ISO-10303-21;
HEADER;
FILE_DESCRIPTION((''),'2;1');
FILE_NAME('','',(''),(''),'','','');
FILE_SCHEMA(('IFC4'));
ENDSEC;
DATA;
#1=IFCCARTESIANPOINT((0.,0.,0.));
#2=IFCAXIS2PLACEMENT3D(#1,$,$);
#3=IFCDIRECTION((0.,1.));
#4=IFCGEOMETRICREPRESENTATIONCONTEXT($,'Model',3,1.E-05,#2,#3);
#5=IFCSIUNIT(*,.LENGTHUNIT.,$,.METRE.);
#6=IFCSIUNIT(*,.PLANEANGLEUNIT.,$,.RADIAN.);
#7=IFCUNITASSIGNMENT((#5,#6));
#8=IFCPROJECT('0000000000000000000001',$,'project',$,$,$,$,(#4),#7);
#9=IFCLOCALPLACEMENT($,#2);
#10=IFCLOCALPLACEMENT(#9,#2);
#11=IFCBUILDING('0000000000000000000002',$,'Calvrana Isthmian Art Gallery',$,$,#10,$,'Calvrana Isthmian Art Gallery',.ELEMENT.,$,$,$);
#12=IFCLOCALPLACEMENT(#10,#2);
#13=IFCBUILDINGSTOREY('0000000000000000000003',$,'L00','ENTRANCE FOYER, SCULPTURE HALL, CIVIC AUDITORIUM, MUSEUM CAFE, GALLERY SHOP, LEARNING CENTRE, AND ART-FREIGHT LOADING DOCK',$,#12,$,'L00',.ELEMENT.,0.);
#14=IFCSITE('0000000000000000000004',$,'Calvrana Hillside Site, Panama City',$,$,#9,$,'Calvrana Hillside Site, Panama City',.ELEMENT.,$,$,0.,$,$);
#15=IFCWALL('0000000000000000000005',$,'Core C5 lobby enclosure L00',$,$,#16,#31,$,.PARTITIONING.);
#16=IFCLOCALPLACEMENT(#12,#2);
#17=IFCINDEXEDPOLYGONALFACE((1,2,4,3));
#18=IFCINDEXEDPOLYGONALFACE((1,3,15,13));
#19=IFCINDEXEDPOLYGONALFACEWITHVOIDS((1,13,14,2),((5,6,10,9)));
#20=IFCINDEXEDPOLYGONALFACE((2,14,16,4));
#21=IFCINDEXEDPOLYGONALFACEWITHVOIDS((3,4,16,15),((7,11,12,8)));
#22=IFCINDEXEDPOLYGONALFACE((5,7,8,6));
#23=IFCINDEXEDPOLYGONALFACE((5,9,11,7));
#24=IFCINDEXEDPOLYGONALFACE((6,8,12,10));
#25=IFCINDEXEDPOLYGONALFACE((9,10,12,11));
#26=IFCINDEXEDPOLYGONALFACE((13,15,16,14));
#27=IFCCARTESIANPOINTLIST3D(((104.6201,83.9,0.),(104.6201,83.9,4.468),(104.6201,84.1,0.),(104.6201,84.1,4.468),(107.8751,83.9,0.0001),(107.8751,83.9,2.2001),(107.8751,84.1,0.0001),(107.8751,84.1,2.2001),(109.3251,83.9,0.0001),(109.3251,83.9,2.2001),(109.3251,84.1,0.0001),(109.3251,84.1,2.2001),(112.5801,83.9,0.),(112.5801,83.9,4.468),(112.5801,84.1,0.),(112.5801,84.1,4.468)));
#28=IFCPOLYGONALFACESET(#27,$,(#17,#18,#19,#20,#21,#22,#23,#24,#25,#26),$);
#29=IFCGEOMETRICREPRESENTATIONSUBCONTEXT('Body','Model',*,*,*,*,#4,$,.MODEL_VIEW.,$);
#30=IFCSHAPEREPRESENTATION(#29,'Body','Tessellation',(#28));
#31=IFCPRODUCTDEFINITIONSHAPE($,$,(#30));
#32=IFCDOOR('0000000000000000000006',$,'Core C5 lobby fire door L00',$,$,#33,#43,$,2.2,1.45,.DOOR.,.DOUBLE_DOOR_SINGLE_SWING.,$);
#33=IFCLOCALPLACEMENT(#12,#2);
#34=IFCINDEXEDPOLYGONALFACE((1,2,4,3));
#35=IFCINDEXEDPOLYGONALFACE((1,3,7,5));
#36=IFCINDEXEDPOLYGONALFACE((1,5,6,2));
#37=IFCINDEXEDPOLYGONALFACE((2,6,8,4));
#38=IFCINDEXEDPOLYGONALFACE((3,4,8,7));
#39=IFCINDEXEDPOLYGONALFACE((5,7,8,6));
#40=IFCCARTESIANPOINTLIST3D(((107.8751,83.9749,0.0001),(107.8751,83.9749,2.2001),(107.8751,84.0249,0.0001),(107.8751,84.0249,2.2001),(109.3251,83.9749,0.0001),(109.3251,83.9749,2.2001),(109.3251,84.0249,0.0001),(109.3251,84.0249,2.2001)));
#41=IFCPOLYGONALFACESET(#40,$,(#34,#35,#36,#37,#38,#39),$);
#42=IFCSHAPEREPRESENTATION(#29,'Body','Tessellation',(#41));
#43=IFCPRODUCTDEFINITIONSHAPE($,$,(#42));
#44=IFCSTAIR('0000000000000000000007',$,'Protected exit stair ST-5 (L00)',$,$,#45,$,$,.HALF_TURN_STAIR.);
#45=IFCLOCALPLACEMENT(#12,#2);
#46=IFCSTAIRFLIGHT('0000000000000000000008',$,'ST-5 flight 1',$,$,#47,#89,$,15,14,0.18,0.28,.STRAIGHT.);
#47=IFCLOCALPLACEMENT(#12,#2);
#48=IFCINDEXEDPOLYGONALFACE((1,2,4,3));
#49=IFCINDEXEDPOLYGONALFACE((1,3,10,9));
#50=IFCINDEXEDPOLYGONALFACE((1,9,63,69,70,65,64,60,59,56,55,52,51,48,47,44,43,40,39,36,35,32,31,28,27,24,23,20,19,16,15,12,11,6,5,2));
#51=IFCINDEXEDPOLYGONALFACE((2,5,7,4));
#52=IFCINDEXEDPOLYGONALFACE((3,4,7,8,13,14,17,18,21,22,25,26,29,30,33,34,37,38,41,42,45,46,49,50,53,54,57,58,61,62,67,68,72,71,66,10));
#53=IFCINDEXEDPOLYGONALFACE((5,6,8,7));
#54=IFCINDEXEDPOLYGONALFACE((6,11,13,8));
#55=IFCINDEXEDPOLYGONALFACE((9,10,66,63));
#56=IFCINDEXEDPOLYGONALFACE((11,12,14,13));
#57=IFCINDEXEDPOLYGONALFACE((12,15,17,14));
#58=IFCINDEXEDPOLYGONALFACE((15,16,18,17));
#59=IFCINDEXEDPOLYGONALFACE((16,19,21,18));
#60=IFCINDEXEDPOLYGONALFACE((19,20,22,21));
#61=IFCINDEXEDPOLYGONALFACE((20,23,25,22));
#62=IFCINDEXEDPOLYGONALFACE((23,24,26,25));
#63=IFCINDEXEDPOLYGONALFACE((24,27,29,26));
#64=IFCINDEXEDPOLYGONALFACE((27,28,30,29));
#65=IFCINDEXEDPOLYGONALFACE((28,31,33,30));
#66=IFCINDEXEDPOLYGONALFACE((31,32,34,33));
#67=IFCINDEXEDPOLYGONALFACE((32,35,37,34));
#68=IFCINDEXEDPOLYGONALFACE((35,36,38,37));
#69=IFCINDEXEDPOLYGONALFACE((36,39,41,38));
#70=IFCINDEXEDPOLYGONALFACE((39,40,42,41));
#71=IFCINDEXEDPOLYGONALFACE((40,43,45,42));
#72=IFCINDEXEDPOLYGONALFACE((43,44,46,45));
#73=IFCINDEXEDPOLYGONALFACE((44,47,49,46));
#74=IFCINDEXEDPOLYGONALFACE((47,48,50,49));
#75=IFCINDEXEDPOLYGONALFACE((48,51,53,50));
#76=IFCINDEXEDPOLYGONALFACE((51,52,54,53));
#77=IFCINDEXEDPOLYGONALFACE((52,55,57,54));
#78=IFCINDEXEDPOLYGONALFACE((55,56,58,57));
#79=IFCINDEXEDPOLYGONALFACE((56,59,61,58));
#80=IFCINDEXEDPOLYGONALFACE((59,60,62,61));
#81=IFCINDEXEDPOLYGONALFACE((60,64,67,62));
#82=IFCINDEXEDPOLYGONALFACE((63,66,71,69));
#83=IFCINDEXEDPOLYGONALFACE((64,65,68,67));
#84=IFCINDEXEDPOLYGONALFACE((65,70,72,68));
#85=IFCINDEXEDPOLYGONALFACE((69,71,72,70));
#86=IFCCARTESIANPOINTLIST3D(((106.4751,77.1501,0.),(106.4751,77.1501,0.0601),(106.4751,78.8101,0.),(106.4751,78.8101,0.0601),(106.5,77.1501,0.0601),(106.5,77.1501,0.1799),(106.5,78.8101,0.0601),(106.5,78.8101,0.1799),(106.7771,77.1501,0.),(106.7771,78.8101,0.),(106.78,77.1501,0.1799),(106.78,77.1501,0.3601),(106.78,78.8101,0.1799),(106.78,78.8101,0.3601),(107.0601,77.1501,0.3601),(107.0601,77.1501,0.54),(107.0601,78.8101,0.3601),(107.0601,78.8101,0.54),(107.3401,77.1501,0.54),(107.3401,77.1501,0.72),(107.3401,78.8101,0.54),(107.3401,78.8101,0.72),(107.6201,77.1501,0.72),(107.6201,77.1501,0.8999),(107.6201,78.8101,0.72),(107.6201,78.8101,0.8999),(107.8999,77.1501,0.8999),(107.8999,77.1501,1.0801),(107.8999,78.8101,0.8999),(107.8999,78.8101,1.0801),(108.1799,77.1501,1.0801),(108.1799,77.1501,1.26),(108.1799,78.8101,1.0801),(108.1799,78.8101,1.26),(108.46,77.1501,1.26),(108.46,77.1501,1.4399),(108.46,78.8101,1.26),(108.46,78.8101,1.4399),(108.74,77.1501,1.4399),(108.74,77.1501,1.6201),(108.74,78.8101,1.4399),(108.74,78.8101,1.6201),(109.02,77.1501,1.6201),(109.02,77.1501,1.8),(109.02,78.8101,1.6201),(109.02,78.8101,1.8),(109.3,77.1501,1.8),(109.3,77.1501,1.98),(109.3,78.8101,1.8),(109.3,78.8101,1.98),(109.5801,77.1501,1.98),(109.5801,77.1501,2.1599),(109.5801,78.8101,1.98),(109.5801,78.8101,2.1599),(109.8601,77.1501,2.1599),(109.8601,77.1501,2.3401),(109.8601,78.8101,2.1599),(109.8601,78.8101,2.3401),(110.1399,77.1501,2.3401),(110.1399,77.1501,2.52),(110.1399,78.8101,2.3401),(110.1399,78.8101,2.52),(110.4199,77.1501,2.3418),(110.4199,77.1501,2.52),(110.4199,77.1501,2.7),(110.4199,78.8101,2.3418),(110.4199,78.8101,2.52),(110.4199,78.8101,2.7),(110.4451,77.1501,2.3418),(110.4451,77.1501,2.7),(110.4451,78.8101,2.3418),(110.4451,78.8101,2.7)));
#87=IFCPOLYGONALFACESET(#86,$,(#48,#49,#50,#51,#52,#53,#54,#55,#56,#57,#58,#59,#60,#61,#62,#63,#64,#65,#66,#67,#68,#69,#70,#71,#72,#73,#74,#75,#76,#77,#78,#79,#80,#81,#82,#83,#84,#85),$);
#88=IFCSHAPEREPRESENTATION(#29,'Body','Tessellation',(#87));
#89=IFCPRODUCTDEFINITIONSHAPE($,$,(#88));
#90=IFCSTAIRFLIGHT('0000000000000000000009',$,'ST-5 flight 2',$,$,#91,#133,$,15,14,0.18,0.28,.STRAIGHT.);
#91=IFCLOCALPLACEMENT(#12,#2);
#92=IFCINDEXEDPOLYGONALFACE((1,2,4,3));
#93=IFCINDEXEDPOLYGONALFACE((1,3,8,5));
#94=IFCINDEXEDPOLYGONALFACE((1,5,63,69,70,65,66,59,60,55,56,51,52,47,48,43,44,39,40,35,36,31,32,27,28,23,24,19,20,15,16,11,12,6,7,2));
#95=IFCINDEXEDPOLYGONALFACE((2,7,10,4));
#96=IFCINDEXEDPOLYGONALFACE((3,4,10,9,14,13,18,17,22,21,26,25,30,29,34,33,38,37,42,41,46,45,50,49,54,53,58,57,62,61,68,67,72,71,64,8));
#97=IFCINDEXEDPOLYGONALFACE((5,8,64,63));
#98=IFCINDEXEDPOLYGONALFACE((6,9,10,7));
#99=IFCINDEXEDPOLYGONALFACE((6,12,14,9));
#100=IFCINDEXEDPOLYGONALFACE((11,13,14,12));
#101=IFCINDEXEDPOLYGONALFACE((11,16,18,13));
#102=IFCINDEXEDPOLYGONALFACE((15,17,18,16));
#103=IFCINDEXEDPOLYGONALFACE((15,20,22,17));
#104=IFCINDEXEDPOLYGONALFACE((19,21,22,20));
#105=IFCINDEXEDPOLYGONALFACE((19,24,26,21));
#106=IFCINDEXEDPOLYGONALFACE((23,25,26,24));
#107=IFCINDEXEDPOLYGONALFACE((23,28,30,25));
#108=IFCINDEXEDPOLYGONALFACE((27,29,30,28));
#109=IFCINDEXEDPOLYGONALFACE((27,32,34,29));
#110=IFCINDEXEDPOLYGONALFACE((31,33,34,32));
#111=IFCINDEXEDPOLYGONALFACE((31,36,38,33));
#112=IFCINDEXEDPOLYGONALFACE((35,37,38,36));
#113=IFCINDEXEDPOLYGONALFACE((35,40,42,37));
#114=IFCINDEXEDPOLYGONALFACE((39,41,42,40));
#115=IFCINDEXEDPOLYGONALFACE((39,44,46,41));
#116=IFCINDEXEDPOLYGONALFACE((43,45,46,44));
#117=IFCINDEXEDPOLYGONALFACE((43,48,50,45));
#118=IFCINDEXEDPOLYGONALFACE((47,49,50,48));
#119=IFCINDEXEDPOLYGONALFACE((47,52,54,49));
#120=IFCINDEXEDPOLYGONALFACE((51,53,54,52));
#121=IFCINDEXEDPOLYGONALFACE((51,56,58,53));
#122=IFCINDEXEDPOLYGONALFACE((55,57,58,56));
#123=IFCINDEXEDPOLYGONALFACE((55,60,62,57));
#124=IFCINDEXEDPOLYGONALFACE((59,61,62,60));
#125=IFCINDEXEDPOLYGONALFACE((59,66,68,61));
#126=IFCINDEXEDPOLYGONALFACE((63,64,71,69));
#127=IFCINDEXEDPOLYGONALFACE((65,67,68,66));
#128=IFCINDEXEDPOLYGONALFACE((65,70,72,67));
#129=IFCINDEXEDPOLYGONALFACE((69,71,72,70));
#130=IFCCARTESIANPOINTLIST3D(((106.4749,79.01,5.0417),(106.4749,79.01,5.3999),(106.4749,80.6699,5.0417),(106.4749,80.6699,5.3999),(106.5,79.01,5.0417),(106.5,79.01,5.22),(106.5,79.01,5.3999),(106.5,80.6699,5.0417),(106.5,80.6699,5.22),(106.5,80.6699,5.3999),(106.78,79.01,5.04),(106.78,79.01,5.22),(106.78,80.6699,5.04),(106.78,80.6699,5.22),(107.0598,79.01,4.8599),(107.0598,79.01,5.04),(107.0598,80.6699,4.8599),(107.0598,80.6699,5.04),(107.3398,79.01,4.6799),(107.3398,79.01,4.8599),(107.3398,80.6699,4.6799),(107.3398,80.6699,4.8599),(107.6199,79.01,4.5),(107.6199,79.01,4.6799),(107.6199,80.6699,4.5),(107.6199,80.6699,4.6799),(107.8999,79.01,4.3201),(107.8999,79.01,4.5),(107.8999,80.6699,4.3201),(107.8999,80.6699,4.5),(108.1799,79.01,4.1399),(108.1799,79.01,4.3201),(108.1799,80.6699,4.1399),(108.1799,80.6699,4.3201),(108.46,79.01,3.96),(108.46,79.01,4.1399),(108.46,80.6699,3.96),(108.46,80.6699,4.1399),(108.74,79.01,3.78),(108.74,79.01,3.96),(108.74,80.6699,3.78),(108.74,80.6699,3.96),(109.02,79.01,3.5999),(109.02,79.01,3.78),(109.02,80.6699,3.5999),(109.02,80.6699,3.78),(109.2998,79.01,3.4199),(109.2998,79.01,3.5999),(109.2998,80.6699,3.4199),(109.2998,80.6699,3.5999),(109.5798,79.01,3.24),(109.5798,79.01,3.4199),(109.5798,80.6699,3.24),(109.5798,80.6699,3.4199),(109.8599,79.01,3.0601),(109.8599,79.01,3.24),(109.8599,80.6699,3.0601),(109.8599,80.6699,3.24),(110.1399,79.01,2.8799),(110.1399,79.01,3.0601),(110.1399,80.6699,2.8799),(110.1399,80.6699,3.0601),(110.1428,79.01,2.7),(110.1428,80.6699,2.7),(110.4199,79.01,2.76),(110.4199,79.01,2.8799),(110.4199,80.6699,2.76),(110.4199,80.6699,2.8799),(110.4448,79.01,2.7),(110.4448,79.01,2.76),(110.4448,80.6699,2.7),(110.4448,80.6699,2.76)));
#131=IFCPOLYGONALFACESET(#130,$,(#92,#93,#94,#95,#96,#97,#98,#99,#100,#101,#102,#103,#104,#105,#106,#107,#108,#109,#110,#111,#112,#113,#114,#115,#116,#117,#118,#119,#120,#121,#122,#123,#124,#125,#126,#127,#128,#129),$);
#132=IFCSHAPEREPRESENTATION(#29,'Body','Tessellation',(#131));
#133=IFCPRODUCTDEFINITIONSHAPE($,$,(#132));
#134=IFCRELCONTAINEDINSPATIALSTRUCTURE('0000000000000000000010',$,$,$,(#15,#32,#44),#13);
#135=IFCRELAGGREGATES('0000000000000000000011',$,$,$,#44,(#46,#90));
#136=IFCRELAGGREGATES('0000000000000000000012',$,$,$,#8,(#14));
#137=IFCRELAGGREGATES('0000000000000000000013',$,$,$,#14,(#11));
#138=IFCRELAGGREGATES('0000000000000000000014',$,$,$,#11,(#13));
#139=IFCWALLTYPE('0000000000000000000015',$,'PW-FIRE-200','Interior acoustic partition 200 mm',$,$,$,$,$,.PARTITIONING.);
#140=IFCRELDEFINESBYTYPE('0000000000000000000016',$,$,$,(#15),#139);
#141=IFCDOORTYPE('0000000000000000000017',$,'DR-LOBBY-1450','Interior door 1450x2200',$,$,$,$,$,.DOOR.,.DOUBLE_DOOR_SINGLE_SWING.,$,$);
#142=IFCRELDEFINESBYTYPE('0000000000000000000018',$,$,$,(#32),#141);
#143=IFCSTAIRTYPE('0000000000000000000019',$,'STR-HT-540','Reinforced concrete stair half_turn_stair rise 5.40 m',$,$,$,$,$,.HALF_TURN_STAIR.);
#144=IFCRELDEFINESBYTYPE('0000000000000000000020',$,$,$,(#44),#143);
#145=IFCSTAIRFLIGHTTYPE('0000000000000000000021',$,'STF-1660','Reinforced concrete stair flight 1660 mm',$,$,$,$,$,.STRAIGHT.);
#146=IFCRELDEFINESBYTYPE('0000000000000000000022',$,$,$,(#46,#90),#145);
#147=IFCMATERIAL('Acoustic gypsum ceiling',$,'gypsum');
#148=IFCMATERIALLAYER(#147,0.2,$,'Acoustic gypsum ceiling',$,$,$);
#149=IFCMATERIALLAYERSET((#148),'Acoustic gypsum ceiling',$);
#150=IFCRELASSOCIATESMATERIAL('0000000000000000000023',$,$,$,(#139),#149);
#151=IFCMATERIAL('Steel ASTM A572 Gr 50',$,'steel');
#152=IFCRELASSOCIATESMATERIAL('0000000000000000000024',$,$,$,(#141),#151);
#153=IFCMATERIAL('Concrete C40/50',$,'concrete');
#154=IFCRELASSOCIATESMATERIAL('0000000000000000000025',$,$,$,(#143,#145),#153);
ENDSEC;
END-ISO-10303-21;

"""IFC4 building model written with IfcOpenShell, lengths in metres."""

from ifc_helpers import new_model, si_unit, direction, frame, frame_2d, origin, place, context, subcontext, project, spatial, polyline, rectangle, outline, extrude, material, layer, layer_set, type_object, element, fill, aggregate, save


model = new_model("IFC4")

# Units and contexts
model_context = context("Model", 3, precision=1e-05, world=origin(), true_north=direction((0.0, 1.0)))
body_context = subcontext(model_context, "Body", "Model", "MODEL_VIEW")
ifc_project = project(units=[si_unit("LENGTHUNIT", "METRE"), si_unit("PLANEANGLEUNIT", "RADIAN")], contexts=[model_context])

# Site, building, storey
site_placement = place(None, origin())
site = spatial("IfcSite", under=ifc_project, at=site_placement, Name="Calvrana Hillside Site, Panama City", LongName="Calvrana Hillside Site, Panama City", CompositionType="ELEMENT", RefElevation=0.0)
building_placement = place(site_placement, origin())
building = spatial("IfcBuilding", under=site, at=building_placement, Name="Calvrana Isthmian Art Gallery", LongName="Calvrana Isthmian Art Gallery", CompositionType="ELEMENT")
storey_placement = place(building_placement, origin())
storey = spatial("IfcBuildingStorey", under=building, at=storey_placement, Name="L00", Description="ENTRANCE FOYER, SCULPTURE HALL, CIVIC AUDITORIUM, MUSEUM CAFE, GALLERY SHOP, LEARNING CENTRE, AND ART-FREIGHT LOADING DOCK", LongName="L00", CompositionType="ELEMENT", Elevation=0.0)

# Shared definitions
ifc_material_1 = material(Name="Concrete C40/50", Category="concrete")

# Shared definitions
ifc_material_2 = material(Name="Steel ASTM A572 Gr 50", Category="steel")

# Shared definitions
ifc_material_3 = material(Name="Acoustic gypsum ceiling", Category="gypsum")
ifc_layer_1 = layer(ifc_material_3, 0.2, Name="Acoustic gypsum ceiling")
ifc_layer_set_1 = layer_set([ifc_layer_1], Name="Acoustic gypsum ceiling")
wall_type_1 = type_object("IfcWallType", Name="PW-FIRE-200", Description="Interior acoustic partition 200 mm", PredefinedType="PARTITIONING", material=ifc_layer_set_1)

# Wall, opening, door
wall_1_placement = place(storey_placement, frame((104.6201, 84.0, 0.0), z_axis=(0.0, 0.0, 1.0), x_axis=(1.0, 0.0, 0.0)))
wall_1 = element("IfcWall", 1, at=wall_1_placement, inside=storey, type_object=wall_type_1, Name="Core C5 lobby enclosure L00", PredefinedType="PARTITIONING", context=body_context, shape_type="SweptSolid", body=[
    extrude(rectangle(XDim=7.96, YDim=0.2, at=frame_2d((3.98, 0.0))), origin(), (0.0, 0.0, 1.0), 4.468),
])
opening_1_placement = place(wall_1_placement, frame((3.2549, 0.0, 0.0)))
opening_1 = element("IfcOpeningElement", 2, at=opening_1_placement, cuts=wall_1, PredefinedType="OPENING", context=body_context, shape_type="SweptSolid", body=[
    extrude(rectangle(XDim=1.45, YDim=2.2, at=frame_2d((0.7251, 1.1001))), frame((0.0, 0.1104, 0.0), z_axis=(0.0, -1.0, 0.0), x_axis=(1.0, 0.0, 0.0)), (0.0, 0.0, 1.0), 0.2205),
])
door_type_1 = type_object("IfcDoorType", Name="DR-LOBBY-1450", Description="Interior door 1450x2200", OperationType="DOUBLE_DOOR_SINGLE_SWING", PredefinedType="DOOR", material=ifc_material_2)
door_1_placement = place(opening_1_placement, origin())
door_1 = element("IfcDoor", 3, at=door_1_placement, inside=storey, type_object=door_type_1, Name="Core C5 lobby fire door L00", OperationType="DOUBLE_DOOR_SINGLE_SWING", OverallHeight=2.2, OverallWidth=1.45, PredefinedType="DOOR", context=body_context, shape_type="SweptSolid", body=[
    extrude(rectangle(XDim=1.45, YDim=2.2, at=frame_2d((0.7251, 1.1001))), frame((0.0, 0.0249, 0.0), z_axis=(0.0, -1.0, 0.0), x_axis=(1.0, 0.0, 0.0)), (0.0, 0.0, 1.0), 0.05),
])
fill(opening_1, door_1)

# Stair, stair flights
stair_type = type_object("IfcStairType", Name="STR-HT-540", Description="Reinforced concrete stair half_turn_stair rise 5.40 m", PredefinedType="HALF_TURN_STAIR", material=ifc_material_1)
stair_placement = place(storey_placement, origin())
stair = element("IfcStair", 4, at=stair_placement, inside=storey, type_object=stair_type, Name="Protected exit stair ST-5 (L00)", PredefinedType="HALF_TURN_STAIR")
stair_flight_type = type_object("IfcStairFlightType", Name="STF-1660", Description="Reinforced concrete stair flight 1660 mm", PredefinedType="STRAIGHT", material=ifc_material_1)
stair_flight_1_placement = place(storey_placement, frame((106.5, 77.98, 0.0), z_axis=(0.0, 0.0, 1.0), x_axis=(1.0, 0.0, 0.0)))
stair_flight_1 = element("IfcStairFlight", 5, at=stair_flight_1_placement, type_object=stair_flight_type, Name="ST-5 flight 1", NumberOfRisers=15, NumberOfTreads=14, PredefinedType="STRAIGHT", RiserHeight=0.18, TreadLength=0.28, context=body_context, shape_type="SweptSolid", body=[
    extrude(outline(polyline([(-0.0249, 0.0), (-0.0249, 0.0601), (0.0, 0.0601), (0.0, 0.1799), (0.28, 0.1799), (0.28, 0.3601), (0.5601, 0.3601), (0.5601, 0.54), (0.8401, 0.54), (0.8401, 0.72), (1.1201, 0.72), (1.1201, 0.8999), (1.3999, 0.8999), (1.3999, 1.0801), (1.6799, 1.0801), (1.6799, 1.26), (1.96, 1.26), (1.96, 1.4399), (2.24, 1.4399), (2.24, 1.6201), (2.52, 1.6201), (2.52, 1.8), (2.8, 1.8), (2.8, 1.98), (3.0801, 1.98), (3.0801, 2.1599), (3.3601, 2.1599), (3.3601, 2.3401), (3.6399, 2.3401), (3.6399, 2.52), (3.9199, 2.52), (3.9199, 2.7), (3.9451, 2.7), (3.9451, 2.3418), (3.9199, 2.3418), (0.2771, 0.0), (-0.0249, 0.0)])), frame((0.0, 0.8301, 0.0), z_axis=(0.0, -1.0, 0.0), x_axis=(1.0, 0.0, 0.0)), (0.0, 0.0, 1.0), 1.6599),
])
stair_flight_2_placement = place(storey_placement, frame((110.4199, 79.8401, 2.7), z_axis=(0.0, 0.0, 1.0), x_axis=(-1.0, 0.0, 0.0)))
stair_flight_2 = element("IfcStairFlight", 6, at=stair_flight_2_placement, type_object=stair_flight_type, Name="ST-5 flight 2", NumberOfRisers=15, NumberOfTreads=14, PredefinedType="STRAIGHT", RiserHeight=0.18, TreadLength=0.28, context=body_context, shape_type="SweptSolid", body=[
    extrude(outline(polyline([(-0.0249, 0.0), (-0.0249, 0.0601), (0.0, 0.0601), (0.0, 0.1799), (0.28, 0.1799), (0.28, 0.3601), (0.5601, 0.3601), (0.5601, 0.54), (0.8401, 0.54), (0.8401, 0.72), (1.1201, 0.72), (1.1201, 0.8999), (1.3999, 0.8999), (1.3999, 1.0801), (1.6799, 1.0801), (1.6799, 1.26), (1.96, 1.26), (1.96, 1.4399), (2.24, 1.4399), (2.24, 1.6201), (2.52, 1.6201), (2.52, 1.8), (2.8, 1.8), (2.8, 1.98), (3.0801, 1.98), (3.0801, 2.1599), (3.3601, 2.1599), (3.3601, 2.3401), (3.6399, 2.3401), (3.6399, 2.52), (3.9199, 2.52), (3.9199, 2.7), (3.9451, 2.7), (3.9451, 2.3418), (3.9199, 2.3418), (0.2771, 0.0), (-0.0249, 0.0)])), frame((0.0, 0.8301, 0.0), z_axis=(0.0, -1.0, 0.0), x_axis=(1.0, 0.0, 0.0)), (0.0, 0.0, 1.0), 1.6599),
])
aggregate(stair, [stair_flight_1, stair_flight_2])

save(model, "model.ifc")
